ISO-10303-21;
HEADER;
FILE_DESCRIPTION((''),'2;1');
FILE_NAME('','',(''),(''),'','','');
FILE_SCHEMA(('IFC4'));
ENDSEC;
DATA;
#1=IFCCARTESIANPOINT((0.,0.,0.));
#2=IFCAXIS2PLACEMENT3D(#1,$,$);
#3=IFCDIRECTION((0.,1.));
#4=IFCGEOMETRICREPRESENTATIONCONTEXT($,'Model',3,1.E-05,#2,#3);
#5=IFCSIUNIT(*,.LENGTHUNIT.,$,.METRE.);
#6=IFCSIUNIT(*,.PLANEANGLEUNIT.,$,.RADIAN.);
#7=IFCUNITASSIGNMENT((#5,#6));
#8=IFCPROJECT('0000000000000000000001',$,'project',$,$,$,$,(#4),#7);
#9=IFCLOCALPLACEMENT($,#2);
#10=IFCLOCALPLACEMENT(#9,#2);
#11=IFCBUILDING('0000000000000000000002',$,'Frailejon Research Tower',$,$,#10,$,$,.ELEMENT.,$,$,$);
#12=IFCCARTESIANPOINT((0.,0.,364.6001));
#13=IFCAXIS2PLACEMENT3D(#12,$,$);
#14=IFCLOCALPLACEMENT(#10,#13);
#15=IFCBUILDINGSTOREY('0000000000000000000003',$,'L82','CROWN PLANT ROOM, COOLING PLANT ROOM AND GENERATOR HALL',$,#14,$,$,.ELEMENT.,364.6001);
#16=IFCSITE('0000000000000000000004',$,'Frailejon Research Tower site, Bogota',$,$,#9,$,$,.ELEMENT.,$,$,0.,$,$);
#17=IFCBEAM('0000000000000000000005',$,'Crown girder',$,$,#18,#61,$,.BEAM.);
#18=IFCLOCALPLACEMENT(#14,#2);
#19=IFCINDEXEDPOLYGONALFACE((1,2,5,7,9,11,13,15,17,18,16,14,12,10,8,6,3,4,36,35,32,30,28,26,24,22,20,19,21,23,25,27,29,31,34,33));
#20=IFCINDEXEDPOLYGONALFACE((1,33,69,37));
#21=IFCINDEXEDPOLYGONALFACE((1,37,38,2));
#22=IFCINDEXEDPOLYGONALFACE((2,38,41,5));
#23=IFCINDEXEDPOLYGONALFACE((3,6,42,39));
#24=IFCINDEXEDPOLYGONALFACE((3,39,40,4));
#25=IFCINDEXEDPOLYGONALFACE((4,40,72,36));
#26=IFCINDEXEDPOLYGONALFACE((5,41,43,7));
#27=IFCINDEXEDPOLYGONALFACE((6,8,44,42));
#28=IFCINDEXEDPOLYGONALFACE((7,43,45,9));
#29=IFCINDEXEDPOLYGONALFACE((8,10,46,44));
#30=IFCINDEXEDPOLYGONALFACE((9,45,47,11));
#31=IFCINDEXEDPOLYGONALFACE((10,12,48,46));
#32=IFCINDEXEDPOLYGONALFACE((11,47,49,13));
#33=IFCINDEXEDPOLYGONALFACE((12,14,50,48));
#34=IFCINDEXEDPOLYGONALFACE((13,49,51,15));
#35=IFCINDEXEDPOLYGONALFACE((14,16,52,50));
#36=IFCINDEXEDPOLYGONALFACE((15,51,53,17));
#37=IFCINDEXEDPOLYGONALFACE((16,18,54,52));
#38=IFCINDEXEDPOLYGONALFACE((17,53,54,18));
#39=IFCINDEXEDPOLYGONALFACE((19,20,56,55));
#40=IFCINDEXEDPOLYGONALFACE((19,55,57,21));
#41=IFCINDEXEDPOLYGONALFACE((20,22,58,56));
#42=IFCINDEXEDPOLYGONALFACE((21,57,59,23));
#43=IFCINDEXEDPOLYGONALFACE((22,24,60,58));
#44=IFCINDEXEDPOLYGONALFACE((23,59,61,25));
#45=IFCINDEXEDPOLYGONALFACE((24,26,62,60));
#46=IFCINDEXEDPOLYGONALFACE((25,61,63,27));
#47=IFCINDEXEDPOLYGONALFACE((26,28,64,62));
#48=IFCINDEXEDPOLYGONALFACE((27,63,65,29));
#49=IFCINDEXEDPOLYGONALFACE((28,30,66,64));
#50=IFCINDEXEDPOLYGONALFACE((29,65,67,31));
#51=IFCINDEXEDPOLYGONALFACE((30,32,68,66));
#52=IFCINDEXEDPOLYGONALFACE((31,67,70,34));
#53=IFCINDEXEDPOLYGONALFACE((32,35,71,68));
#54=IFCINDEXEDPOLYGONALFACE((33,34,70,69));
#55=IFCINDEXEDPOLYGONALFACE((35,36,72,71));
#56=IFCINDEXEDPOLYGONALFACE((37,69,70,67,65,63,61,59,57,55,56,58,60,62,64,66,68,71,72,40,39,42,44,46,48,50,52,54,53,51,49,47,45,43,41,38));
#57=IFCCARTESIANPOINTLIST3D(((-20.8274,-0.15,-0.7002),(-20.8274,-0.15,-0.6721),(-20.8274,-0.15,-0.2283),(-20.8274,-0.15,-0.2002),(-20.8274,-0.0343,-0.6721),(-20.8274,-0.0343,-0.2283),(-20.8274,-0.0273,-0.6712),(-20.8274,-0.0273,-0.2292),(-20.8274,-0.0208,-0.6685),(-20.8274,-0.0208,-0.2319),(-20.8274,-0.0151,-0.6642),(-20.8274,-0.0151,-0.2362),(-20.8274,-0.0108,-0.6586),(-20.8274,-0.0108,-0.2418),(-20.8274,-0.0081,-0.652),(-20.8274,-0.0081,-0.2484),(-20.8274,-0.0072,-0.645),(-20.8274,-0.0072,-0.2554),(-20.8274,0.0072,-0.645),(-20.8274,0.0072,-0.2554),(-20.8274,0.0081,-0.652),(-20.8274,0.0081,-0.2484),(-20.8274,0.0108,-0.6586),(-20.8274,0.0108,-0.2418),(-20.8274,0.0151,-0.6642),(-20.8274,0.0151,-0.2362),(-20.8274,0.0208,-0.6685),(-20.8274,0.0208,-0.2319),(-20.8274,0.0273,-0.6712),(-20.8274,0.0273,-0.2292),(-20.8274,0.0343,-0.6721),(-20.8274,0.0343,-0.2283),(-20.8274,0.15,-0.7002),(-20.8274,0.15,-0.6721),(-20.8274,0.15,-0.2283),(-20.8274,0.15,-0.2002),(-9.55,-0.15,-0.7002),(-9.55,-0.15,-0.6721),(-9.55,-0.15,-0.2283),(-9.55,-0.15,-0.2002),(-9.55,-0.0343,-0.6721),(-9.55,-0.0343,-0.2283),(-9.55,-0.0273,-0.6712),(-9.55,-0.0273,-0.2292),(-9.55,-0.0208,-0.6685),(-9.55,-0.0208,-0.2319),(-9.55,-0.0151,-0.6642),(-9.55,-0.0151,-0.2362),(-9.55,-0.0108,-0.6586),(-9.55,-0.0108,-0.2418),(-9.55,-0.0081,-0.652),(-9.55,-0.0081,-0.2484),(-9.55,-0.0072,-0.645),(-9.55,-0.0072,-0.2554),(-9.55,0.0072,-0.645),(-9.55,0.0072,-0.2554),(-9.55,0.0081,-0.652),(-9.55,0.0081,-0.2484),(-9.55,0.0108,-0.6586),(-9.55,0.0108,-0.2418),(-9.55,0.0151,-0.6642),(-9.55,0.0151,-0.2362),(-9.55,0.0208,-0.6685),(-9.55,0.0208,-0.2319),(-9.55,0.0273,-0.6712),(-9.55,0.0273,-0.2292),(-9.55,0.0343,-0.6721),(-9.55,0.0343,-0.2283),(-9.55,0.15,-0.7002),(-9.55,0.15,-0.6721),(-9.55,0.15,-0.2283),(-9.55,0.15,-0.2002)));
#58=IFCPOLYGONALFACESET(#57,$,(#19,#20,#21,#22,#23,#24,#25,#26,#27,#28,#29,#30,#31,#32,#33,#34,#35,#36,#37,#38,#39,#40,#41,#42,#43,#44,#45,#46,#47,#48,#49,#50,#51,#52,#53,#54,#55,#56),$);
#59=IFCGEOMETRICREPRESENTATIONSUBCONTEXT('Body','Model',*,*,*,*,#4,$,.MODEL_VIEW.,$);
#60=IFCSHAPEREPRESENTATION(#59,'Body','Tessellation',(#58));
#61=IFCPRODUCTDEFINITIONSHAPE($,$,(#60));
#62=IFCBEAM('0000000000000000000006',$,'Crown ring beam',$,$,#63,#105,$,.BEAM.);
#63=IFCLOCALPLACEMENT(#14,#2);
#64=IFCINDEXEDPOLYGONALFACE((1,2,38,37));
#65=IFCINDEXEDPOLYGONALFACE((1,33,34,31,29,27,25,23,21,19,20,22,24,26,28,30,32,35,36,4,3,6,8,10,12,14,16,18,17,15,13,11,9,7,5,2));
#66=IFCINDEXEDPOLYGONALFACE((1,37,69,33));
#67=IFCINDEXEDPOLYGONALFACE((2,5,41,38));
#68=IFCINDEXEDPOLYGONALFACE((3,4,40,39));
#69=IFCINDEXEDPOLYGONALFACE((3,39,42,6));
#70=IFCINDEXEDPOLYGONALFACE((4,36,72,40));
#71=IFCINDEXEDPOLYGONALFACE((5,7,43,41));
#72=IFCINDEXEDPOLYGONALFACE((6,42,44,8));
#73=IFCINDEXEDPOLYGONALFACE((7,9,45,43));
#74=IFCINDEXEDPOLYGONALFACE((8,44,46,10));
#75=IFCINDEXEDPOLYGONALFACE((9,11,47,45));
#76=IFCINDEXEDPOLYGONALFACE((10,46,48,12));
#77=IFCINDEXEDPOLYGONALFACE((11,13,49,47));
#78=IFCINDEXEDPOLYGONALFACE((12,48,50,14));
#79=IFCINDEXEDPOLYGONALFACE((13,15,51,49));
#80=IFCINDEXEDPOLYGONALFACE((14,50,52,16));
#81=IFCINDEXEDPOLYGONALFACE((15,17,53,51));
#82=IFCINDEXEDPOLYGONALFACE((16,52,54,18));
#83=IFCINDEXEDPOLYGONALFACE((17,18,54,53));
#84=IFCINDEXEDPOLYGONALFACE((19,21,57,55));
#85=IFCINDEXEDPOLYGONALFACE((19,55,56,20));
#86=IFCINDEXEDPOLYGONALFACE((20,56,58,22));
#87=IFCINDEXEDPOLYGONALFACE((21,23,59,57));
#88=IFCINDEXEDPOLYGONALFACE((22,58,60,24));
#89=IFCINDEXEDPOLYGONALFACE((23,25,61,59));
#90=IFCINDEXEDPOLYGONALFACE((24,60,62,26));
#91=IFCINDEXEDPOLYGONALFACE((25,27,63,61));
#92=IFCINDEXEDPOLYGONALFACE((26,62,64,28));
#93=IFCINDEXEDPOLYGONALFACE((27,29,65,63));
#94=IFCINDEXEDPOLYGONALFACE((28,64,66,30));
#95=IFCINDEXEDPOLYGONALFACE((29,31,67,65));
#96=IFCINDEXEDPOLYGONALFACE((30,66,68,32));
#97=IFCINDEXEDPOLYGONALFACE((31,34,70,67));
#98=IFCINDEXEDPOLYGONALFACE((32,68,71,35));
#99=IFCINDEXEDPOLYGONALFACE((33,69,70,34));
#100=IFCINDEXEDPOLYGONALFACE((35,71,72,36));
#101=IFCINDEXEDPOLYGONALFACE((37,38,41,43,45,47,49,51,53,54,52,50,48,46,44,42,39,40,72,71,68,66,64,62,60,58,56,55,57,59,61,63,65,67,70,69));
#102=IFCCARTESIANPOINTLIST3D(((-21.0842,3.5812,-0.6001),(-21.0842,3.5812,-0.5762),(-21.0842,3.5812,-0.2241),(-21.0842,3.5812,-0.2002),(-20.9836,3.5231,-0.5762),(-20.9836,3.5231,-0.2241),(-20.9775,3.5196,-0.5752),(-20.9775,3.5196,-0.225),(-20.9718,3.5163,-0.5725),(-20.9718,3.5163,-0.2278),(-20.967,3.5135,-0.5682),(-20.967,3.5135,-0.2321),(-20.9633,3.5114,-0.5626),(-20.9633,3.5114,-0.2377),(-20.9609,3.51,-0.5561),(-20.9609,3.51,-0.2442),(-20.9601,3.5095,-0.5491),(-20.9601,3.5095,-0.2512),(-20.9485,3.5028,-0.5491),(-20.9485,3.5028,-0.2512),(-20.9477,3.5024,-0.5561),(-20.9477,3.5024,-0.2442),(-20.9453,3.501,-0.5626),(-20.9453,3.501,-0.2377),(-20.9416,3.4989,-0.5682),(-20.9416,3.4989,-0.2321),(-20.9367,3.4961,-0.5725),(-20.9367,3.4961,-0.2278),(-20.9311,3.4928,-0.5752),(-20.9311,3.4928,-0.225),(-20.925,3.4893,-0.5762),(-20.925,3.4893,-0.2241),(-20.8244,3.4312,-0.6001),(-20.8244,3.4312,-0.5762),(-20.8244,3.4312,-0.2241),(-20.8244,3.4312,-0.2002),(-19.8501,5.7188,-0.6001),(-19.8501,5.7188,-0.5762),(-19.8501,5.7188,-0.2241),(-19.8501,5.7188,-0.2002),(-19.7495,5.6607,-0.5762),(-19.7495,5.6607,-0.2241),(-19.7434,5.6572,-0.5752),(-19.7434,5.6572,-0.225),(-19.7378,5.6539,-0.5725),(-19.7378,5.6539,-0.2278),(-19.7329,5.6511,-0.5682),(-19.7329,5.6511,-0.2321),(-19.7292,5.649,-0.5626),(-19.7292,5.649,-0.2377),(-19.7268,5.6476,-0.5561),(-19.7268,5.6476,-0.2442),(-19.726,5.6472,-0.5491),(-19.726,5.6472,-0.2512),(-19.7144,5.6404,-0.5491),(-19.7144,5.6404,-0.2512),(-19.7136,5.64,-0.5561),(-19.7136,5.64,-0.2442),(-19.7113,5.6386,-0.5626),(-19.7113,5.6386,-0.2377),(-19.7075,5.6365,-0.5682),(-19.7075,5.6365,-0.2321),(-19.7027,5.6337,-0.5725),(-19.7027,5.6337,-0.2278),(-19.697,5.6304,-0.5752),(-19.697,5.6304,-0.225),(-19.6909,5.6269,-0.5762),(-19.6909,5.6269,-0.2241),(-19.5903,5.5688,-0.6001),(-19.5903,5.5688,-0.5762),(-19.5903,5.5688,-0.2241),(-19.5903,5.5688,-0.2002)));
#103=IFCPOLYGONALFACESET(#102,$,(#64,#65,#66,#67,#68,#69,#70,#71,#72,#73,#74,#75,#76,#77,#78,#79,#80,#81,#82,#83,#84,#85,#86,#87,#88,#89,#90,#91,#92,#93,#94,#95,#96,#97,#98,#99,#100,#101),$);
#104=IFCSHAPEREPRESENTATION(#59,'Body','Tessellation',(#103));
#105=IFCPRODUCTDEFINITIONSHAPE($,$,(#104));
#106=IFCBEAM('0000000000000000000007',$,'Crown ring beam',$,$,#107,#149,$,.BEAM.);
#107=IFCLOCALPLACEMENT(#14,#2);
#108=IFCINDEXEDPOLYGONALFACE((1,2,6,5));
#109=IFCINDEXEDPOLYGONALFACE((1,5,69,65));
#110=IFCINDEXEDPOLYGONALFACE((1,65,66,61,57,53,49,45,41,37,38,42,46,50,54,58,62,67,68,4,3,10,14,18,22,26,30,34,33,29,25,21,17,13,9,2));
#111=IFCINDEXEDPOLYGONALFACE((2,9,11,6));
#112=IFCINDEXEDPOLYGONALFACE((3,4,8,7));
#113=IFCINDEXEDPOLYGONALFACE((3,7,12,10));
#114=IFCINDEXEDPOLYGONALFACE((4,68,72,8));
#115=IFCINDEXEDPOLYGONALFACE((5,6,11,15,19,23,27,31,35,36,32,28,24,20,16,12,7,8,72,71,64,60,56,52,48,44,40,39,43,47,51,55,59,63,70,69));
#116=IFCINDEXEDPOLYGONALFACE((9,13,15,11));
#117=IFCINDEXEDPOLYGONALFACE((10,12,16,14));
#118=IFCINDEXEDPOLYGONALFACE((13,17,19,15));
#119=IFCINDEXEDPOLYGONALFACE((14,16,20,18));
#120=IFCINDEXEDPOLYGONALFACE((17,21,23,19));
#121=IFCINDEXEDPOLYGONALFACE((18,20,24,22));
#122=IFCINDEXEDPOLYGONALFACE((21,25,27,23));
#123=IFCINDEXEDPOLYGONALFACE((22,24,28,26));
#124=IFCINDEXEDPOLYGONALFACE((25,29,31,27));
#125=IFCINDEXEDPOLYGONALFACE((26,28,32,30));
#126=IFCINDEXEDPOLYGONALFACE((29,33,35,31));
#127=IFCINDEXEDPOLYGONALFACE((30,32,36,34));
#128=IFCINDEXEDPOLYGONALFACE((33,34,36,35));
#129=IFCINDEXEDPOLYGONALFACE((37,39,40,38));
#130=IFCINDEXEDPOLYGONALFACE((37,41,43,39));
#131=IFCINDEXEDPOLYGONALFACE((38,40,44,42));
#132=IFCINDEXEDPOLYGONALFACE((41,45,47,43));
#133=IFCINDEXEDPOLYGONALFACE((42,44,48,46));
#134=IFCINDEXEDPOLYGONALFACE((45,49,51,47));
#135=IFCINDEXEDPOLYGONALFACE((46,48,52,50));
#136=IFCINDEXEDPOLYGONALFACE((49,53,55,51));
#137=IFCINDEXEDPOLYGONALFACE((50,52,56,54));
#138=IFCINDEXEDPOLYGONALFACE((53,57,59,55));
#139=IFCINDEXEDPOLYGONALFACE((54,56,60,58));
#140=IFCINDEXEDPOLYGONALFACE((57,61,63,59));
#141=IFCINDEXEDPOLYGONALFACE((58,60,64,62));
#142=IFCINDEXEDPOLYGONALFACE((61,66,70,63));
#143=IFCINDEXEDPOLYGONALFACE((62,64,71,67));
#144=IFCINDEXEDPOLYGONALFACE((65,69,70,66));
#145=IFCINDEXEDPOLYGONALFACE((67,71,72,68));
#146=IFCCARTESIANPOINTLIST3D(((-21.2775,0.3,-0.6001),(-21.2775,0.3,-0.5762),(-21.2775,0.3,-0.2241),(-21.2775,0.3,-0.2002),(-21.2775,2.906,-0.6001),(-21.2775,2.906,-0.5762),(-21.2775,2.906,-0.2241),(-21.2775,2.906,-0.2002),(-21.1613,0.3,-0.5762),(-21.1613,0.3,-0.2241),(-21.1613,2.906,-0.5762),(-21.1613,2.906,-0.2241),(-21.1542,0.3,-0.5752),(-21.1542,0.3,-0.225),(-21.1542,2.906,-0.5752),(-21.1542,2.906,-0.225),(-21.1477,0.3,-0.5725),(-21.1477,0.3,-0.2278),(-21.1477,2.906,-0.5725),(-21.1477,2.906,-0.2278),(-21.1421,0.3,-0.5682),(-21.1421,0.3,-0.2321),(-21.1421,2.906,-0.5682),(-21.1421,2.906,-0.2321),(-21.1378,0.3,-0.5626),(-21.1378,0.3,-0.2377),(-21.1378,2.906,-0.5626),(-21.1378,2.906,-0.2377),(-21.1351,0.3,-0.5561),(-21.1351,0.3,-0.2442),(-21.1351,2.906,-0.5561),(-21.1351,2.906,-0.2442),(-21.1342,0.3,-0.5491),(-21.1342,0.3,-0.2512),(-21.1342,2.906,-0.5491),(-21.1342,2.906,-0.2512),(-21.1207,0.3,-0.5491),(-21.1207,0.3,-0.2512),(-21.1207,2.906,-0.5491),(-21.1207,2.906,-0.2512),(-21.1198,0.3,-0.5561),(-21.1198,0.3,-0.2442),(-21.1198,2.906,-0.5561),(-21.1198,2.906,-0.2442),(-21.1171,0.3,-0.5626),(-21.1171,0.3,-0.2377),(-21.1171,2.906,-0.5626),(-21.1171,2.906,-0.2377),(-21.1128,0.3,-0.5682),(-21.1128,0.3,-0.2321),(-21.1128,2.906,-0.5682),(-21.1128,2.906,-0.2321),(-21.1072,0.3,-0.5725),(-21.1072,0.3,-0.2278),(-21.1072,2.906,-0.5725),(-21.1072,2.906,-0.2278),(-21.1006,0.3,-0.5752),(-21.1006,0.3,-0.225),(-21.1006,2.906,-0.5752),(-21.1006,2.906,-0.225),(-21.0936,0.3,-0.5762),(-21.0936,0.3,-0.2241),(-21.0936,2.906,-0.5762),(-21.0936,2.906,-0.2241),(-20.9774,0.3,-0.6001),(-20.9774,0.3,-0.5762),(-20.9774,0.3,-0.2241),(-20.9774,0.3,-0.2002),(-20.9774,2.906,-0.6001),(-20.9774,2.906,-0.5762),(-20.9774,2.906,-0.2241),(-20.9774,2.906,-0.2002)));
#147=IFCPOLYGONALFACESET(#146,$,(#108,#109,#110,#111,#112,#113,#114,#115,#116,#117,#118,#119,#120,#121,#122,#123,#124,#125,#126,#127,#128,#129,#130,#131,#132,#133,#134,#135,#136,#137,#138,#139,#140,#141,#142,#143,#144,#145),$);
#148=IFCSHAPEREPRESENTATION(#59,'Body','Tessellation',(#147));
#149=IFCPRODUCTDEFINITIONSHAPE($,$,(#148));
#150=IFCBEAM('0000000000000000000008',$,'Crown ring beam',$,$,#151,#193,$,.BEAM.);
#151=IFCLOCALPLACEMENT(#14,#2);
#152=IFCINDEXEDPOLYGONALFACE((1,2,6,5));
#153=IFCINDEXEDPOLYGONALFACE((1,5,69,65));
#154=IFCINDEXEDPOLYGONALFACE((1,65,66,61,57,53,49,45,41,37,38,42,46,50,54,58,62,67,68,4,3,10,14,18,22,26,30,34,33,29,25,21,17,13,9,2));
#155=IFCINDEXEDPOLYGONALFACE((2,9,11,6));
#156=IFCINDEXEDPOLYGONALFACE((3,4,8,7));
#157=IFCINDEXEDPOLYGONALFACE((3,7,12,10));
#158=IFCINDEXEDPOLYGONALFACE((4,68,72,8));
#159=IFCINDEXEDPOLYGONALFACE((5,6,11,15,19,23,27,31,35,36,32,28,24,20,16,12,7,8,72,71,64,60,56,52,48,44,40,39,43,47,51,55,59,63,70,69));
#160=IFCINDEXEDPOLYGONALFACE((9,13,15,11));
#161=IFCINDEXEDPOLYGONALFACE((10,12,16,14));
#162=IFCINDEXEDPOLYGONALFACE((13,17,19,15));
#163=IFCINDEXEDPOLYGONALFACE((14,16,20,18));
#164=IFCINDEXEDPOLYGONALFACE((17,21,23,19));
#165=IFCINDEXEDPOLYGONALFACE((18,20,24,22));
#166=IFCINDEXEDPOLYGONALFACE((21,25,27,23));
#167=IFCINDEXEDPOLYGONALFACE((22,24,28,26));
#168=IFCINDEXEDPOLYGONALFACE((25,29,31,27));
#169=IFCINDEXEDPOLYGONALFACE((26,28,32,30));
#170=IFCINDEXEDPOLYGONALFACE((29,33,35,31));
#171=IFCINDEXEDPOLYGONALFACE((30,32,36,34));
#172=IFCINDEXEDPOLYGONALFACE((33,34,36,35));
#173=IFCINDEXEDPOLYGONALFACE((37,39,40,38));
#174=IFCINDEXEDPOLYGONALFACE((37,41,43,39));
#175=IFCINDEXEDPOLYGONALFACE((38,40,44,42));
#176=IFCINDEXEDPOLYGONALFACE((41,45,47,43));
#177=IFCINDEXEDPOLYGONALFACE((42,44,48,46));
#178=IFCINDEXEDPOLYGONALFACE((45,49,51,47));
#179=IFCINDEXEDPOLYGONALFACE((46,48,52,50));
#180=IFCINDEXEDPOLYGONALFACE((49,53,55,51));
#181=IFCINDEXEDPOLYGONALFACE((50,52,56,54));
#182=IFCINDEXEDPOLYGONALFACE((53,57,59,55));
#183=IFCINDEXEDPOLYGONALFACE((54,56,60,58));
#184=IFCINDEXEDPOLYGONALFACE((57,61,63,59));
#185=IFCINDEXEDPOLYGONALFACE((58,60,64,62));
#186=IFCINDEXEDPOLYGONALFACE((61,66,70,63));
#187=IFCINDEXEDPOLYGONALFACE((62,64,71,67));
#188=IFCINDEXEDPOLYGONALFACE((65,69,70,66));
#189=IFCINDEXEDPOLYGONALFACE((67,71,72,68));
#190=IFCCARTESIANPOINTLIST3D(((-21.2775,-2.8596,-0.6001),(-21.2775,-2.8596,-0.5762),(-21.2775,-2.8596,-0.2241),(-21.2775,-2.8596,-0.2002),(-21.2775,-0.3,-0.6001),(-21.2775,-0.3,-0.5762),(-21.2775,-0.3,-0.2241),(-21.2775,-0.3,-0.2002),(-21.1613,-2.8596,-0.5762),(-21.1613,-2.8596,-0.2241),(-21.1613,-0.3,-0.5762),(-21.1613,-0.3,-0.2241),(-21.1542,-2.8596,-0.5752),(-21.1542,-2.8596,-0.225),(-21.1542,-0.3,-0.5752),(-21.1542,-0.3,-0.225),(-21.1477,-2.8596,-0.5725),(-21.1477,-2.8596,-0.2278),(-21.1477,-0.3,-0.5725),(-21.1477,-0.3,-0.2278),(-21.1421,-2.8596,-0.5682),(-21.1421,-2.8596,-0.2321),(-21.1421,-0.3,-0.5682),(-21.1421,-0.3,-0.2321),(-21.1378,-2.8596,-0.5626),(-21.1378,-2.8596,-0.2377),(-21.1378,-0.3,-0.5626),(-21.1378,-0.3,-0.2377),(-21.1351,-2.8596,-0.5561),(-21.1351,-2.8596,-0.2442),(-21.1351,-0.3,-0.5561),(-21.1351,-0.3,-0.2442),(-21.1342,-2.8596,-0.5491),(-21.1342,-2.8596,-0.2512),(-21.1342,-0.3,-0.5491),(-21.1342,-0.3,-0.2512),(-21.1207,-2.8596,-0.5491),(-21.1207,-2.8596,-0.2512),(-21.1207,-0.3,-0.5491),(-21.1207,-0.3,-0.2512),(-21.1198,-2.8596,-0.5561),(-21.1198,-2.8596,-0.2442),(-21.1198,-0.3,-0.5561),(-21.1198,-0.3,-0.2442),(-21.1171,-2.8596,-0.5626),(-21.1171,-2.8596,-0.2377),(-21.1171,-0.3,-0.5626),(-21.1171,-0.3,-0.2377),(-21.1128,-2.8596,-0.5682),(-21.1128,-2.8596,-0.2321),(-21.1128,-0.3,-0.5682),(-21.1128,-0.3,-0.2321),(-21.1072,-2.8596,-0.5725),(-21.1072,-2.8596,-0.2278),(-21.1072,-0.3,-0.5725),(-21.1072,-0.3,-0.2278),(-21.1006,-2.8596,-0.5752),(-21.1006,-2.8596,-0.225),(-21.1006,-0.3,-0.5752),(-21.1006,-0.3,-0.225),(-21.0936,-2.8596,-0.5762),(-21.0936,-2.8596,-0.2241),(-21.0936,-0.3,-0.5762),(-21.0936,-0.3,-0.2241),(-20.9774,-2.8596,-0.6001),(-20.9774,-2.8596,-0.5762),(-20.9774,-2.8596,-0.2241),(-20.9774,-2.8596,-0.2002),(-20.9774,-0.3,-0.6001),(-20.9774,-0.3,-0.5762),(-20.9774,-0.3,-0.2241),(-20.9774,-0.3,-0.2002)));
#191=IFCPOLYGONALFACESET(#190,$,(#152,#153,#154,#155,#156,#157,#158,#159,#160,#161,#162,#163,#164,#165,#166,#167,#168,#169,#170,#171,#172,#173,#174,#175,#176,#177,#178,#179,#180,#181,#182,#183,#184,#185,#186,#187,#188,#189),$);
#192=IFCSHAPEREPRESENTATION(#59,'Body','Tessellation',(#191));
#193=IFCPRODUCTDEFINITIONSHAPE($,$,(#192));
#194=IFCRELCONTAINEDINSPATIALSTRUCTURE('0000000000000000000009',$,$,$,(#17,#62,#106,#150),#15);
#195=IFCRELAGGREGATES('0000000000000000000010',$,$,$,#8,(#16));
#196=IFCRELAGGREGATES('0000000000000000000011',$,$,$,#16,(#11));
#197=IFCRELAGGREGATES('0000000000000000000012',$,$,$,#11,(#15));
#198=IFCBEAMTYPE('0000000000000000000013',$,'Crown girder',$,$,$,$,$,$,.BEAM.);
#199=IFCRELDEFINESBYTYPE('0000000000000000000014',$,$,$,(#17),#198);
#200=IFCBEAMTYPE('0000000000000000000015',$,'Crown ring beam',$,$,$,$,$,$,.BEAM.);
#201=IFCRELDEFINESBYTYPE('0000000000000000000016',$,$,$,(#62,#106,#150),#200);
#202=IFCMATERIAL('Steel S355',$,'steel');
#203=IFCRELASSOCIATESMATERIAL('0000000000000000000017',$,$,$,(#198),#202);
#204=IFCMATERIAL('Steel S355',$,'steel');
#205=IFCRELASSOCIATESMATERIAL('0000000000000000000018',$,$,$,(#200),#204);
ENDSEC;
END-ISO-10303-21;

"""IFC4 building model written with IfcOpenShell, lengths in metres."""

from ifc_helpers import new_model, si_unit, direction, frame, origin, origin_2d, place, context, subcontext, project, spatial, i_section, extrude, material, material_profile, profile_set, type_object, element, save


model = new_model("IFC4")

# Units and contexts
model_context = context("Model", 3, precision=1e-05, world=origin(), true_north=direction((0.0, 1.0)))
body_context = subcontext(model_context, "Body", "Model", "MODEL_VIEW")
ifc_project = project(units=[si_unit("LENGTHUNIT", "METRE"), si_unit("PLANEANGLEUNIT", "RADIAN")], contexts=[model_context])

# Site, building, storey
site_placement = place(None, origin())
site = spatial("IfcSite", under=ifc_project, at=site_placement, Name="Frailejon Research Tower site, Bogota", CompositionType="ELEMENT", RefElevation=0.0)
building_placement = place(site_placement, origin())
building = spatial("IfcBuilding", under=site, at=building_placement, Name="Frailejon Research Tower", CompositionType="ELEMENT")
storey_placement = place(building_placement, frame((0.0, 0.0, 364.6001)))
storey = spatial("IfcBuildingStorey", under=building, at=storey_placement, Name="L82", Description="CROWN PLANT ROOM, COOLING PLANT ROOM AND GENERATOR HALL", CompositionType="ELEMENT", Elevation=364.6001)

# Beams
ifc_material_1 = material(Name="Steel S355", Category="steel")
ifc_material_profile_1 = material_profile(ifc_material_1, i_section(OverallWidth=0.3, OverallDepth=0.5, WebThickness=0.0144, FlangeThickness=0.0281, FilletRadius=0.0271, at=origin_2d()), Name="HE 500 B")
ifc_profile_set_1 = profile_set([ifc_material_profile_1], Name="Steel S355")
beam_type_1 = type_object("IfcBeamType", Name="Crown girder", PredefinedType="BEAM", material=ifc_profile_set_1)
beam_1_placement = place(storey_placement, frame((-20.8274, 0.0, -0.4502), z_axis=(1.0, 0.0, 0.0), x_axis=(0.0, 1.0, 0.0)))
element("IfcBeam", 1, at=beam_1_placement, inside=storey, type_object=beam_type_1, Name="Crown girder", PredefinedType="BEAM", context=body_context, shape_type="SweptSolid", body=[
    extrude(i_section(OverallWidth=0.3, OverallDepth=0.5, WebThickness=0.0144, FlangeThickness=0.0281, FilletRadius=0.0271, at=origin_2d()), origin(), (0.0, 0.0, 1.0), 11.2773),
])
ifc_material_2 = material(Name="Steel S355", Category="steel")
ifc_material_profile_2 = material_profile(ifc_material_2, i_section(OverallWidth=0.3, OverallDepth=0.3999, WebThickness=0.0134, FlangeThickness=0.0239, FilletRadius=0.0271, at=origin_2d()), Name="HE 400 B")
ifc_profile_set_2 = profile_set([ifc_material_profile_2], Name="Steel S355")
beam_type_2 = type_object("IfcBeamType", Name="Crown ring beam", PredefinedType="BEAM", material=ifc_profile_set_2)
beam_2_placement = place(storey_placement, frame((-19.7202, 5.6438, -0.4001), z_axis=(-0.499979, -0.866037, 0.0), x_axis=(0.866037, -0.499979, 0.0)))
element("IfcBeam", 2, at=beam_2_placement, inside=storey, type_object=beam_type_2, Name="Crown ring beam", PredefinedType="BEAM", context=body_context, shape_type="SweptSolid", body=[
    extrude(i_section(OverallWidth=0.3, OverallDepth=0.3999, WebThickness=0.0134, FlangeThickness=0.0239, FilletRadius=0.0271, at=origin_2d()), origin(), (0.0, 0.0, 1.0), 2.4683),
])
beam_3_placement = place(storey_placement, frame((-21.1274, 2.906, -0.4001), z_axis=(0.0, -1.0, 0.0), x_axis=(1.0, 0.0, 0.0)))
element("IfcBeam", 3, at=beam_3_placement, inside=storey, type_object=beam_type_2, Name="Crown ring beam", PredefinedType="BEAM", context=body_context, shape_type="SweptSolid", body=[
    extrude(i_section(OverallWidth=0.3, OverallDepth=0.3999, WebThickness=0.0134, FlangeThickness=0.0239, FilletRadius=0.0271, at=origin_2d()), origin(), (0.0, 0.0, 1.0), 2.606),
])
beam_4_placement = place(storey_placement, frame((-21.1274, -0.3, -0.4001), z_axis=(0.0, -1.0, 0.0), x_axis=(1.0, 0.0, 0.0)))
element("IfcBeam", 4, at=beam_4_placement, inside=storey, type_object=beam_type_2, Name="Crown ring beam", PredefinedType="BEAM", context=body_context, shape_type="SweptSolid", body=[
    extrude(i_section(OverallWidth=0.3, OverallDepth=0.3999, WebThickness=0.0134, FlangeThickness=0.0239, FilletRadius=0.0271, at=origin_2d()), origin(), (0.0, 0.0, 1.0), 2.5596),
])

save(model, "model.ifc")
